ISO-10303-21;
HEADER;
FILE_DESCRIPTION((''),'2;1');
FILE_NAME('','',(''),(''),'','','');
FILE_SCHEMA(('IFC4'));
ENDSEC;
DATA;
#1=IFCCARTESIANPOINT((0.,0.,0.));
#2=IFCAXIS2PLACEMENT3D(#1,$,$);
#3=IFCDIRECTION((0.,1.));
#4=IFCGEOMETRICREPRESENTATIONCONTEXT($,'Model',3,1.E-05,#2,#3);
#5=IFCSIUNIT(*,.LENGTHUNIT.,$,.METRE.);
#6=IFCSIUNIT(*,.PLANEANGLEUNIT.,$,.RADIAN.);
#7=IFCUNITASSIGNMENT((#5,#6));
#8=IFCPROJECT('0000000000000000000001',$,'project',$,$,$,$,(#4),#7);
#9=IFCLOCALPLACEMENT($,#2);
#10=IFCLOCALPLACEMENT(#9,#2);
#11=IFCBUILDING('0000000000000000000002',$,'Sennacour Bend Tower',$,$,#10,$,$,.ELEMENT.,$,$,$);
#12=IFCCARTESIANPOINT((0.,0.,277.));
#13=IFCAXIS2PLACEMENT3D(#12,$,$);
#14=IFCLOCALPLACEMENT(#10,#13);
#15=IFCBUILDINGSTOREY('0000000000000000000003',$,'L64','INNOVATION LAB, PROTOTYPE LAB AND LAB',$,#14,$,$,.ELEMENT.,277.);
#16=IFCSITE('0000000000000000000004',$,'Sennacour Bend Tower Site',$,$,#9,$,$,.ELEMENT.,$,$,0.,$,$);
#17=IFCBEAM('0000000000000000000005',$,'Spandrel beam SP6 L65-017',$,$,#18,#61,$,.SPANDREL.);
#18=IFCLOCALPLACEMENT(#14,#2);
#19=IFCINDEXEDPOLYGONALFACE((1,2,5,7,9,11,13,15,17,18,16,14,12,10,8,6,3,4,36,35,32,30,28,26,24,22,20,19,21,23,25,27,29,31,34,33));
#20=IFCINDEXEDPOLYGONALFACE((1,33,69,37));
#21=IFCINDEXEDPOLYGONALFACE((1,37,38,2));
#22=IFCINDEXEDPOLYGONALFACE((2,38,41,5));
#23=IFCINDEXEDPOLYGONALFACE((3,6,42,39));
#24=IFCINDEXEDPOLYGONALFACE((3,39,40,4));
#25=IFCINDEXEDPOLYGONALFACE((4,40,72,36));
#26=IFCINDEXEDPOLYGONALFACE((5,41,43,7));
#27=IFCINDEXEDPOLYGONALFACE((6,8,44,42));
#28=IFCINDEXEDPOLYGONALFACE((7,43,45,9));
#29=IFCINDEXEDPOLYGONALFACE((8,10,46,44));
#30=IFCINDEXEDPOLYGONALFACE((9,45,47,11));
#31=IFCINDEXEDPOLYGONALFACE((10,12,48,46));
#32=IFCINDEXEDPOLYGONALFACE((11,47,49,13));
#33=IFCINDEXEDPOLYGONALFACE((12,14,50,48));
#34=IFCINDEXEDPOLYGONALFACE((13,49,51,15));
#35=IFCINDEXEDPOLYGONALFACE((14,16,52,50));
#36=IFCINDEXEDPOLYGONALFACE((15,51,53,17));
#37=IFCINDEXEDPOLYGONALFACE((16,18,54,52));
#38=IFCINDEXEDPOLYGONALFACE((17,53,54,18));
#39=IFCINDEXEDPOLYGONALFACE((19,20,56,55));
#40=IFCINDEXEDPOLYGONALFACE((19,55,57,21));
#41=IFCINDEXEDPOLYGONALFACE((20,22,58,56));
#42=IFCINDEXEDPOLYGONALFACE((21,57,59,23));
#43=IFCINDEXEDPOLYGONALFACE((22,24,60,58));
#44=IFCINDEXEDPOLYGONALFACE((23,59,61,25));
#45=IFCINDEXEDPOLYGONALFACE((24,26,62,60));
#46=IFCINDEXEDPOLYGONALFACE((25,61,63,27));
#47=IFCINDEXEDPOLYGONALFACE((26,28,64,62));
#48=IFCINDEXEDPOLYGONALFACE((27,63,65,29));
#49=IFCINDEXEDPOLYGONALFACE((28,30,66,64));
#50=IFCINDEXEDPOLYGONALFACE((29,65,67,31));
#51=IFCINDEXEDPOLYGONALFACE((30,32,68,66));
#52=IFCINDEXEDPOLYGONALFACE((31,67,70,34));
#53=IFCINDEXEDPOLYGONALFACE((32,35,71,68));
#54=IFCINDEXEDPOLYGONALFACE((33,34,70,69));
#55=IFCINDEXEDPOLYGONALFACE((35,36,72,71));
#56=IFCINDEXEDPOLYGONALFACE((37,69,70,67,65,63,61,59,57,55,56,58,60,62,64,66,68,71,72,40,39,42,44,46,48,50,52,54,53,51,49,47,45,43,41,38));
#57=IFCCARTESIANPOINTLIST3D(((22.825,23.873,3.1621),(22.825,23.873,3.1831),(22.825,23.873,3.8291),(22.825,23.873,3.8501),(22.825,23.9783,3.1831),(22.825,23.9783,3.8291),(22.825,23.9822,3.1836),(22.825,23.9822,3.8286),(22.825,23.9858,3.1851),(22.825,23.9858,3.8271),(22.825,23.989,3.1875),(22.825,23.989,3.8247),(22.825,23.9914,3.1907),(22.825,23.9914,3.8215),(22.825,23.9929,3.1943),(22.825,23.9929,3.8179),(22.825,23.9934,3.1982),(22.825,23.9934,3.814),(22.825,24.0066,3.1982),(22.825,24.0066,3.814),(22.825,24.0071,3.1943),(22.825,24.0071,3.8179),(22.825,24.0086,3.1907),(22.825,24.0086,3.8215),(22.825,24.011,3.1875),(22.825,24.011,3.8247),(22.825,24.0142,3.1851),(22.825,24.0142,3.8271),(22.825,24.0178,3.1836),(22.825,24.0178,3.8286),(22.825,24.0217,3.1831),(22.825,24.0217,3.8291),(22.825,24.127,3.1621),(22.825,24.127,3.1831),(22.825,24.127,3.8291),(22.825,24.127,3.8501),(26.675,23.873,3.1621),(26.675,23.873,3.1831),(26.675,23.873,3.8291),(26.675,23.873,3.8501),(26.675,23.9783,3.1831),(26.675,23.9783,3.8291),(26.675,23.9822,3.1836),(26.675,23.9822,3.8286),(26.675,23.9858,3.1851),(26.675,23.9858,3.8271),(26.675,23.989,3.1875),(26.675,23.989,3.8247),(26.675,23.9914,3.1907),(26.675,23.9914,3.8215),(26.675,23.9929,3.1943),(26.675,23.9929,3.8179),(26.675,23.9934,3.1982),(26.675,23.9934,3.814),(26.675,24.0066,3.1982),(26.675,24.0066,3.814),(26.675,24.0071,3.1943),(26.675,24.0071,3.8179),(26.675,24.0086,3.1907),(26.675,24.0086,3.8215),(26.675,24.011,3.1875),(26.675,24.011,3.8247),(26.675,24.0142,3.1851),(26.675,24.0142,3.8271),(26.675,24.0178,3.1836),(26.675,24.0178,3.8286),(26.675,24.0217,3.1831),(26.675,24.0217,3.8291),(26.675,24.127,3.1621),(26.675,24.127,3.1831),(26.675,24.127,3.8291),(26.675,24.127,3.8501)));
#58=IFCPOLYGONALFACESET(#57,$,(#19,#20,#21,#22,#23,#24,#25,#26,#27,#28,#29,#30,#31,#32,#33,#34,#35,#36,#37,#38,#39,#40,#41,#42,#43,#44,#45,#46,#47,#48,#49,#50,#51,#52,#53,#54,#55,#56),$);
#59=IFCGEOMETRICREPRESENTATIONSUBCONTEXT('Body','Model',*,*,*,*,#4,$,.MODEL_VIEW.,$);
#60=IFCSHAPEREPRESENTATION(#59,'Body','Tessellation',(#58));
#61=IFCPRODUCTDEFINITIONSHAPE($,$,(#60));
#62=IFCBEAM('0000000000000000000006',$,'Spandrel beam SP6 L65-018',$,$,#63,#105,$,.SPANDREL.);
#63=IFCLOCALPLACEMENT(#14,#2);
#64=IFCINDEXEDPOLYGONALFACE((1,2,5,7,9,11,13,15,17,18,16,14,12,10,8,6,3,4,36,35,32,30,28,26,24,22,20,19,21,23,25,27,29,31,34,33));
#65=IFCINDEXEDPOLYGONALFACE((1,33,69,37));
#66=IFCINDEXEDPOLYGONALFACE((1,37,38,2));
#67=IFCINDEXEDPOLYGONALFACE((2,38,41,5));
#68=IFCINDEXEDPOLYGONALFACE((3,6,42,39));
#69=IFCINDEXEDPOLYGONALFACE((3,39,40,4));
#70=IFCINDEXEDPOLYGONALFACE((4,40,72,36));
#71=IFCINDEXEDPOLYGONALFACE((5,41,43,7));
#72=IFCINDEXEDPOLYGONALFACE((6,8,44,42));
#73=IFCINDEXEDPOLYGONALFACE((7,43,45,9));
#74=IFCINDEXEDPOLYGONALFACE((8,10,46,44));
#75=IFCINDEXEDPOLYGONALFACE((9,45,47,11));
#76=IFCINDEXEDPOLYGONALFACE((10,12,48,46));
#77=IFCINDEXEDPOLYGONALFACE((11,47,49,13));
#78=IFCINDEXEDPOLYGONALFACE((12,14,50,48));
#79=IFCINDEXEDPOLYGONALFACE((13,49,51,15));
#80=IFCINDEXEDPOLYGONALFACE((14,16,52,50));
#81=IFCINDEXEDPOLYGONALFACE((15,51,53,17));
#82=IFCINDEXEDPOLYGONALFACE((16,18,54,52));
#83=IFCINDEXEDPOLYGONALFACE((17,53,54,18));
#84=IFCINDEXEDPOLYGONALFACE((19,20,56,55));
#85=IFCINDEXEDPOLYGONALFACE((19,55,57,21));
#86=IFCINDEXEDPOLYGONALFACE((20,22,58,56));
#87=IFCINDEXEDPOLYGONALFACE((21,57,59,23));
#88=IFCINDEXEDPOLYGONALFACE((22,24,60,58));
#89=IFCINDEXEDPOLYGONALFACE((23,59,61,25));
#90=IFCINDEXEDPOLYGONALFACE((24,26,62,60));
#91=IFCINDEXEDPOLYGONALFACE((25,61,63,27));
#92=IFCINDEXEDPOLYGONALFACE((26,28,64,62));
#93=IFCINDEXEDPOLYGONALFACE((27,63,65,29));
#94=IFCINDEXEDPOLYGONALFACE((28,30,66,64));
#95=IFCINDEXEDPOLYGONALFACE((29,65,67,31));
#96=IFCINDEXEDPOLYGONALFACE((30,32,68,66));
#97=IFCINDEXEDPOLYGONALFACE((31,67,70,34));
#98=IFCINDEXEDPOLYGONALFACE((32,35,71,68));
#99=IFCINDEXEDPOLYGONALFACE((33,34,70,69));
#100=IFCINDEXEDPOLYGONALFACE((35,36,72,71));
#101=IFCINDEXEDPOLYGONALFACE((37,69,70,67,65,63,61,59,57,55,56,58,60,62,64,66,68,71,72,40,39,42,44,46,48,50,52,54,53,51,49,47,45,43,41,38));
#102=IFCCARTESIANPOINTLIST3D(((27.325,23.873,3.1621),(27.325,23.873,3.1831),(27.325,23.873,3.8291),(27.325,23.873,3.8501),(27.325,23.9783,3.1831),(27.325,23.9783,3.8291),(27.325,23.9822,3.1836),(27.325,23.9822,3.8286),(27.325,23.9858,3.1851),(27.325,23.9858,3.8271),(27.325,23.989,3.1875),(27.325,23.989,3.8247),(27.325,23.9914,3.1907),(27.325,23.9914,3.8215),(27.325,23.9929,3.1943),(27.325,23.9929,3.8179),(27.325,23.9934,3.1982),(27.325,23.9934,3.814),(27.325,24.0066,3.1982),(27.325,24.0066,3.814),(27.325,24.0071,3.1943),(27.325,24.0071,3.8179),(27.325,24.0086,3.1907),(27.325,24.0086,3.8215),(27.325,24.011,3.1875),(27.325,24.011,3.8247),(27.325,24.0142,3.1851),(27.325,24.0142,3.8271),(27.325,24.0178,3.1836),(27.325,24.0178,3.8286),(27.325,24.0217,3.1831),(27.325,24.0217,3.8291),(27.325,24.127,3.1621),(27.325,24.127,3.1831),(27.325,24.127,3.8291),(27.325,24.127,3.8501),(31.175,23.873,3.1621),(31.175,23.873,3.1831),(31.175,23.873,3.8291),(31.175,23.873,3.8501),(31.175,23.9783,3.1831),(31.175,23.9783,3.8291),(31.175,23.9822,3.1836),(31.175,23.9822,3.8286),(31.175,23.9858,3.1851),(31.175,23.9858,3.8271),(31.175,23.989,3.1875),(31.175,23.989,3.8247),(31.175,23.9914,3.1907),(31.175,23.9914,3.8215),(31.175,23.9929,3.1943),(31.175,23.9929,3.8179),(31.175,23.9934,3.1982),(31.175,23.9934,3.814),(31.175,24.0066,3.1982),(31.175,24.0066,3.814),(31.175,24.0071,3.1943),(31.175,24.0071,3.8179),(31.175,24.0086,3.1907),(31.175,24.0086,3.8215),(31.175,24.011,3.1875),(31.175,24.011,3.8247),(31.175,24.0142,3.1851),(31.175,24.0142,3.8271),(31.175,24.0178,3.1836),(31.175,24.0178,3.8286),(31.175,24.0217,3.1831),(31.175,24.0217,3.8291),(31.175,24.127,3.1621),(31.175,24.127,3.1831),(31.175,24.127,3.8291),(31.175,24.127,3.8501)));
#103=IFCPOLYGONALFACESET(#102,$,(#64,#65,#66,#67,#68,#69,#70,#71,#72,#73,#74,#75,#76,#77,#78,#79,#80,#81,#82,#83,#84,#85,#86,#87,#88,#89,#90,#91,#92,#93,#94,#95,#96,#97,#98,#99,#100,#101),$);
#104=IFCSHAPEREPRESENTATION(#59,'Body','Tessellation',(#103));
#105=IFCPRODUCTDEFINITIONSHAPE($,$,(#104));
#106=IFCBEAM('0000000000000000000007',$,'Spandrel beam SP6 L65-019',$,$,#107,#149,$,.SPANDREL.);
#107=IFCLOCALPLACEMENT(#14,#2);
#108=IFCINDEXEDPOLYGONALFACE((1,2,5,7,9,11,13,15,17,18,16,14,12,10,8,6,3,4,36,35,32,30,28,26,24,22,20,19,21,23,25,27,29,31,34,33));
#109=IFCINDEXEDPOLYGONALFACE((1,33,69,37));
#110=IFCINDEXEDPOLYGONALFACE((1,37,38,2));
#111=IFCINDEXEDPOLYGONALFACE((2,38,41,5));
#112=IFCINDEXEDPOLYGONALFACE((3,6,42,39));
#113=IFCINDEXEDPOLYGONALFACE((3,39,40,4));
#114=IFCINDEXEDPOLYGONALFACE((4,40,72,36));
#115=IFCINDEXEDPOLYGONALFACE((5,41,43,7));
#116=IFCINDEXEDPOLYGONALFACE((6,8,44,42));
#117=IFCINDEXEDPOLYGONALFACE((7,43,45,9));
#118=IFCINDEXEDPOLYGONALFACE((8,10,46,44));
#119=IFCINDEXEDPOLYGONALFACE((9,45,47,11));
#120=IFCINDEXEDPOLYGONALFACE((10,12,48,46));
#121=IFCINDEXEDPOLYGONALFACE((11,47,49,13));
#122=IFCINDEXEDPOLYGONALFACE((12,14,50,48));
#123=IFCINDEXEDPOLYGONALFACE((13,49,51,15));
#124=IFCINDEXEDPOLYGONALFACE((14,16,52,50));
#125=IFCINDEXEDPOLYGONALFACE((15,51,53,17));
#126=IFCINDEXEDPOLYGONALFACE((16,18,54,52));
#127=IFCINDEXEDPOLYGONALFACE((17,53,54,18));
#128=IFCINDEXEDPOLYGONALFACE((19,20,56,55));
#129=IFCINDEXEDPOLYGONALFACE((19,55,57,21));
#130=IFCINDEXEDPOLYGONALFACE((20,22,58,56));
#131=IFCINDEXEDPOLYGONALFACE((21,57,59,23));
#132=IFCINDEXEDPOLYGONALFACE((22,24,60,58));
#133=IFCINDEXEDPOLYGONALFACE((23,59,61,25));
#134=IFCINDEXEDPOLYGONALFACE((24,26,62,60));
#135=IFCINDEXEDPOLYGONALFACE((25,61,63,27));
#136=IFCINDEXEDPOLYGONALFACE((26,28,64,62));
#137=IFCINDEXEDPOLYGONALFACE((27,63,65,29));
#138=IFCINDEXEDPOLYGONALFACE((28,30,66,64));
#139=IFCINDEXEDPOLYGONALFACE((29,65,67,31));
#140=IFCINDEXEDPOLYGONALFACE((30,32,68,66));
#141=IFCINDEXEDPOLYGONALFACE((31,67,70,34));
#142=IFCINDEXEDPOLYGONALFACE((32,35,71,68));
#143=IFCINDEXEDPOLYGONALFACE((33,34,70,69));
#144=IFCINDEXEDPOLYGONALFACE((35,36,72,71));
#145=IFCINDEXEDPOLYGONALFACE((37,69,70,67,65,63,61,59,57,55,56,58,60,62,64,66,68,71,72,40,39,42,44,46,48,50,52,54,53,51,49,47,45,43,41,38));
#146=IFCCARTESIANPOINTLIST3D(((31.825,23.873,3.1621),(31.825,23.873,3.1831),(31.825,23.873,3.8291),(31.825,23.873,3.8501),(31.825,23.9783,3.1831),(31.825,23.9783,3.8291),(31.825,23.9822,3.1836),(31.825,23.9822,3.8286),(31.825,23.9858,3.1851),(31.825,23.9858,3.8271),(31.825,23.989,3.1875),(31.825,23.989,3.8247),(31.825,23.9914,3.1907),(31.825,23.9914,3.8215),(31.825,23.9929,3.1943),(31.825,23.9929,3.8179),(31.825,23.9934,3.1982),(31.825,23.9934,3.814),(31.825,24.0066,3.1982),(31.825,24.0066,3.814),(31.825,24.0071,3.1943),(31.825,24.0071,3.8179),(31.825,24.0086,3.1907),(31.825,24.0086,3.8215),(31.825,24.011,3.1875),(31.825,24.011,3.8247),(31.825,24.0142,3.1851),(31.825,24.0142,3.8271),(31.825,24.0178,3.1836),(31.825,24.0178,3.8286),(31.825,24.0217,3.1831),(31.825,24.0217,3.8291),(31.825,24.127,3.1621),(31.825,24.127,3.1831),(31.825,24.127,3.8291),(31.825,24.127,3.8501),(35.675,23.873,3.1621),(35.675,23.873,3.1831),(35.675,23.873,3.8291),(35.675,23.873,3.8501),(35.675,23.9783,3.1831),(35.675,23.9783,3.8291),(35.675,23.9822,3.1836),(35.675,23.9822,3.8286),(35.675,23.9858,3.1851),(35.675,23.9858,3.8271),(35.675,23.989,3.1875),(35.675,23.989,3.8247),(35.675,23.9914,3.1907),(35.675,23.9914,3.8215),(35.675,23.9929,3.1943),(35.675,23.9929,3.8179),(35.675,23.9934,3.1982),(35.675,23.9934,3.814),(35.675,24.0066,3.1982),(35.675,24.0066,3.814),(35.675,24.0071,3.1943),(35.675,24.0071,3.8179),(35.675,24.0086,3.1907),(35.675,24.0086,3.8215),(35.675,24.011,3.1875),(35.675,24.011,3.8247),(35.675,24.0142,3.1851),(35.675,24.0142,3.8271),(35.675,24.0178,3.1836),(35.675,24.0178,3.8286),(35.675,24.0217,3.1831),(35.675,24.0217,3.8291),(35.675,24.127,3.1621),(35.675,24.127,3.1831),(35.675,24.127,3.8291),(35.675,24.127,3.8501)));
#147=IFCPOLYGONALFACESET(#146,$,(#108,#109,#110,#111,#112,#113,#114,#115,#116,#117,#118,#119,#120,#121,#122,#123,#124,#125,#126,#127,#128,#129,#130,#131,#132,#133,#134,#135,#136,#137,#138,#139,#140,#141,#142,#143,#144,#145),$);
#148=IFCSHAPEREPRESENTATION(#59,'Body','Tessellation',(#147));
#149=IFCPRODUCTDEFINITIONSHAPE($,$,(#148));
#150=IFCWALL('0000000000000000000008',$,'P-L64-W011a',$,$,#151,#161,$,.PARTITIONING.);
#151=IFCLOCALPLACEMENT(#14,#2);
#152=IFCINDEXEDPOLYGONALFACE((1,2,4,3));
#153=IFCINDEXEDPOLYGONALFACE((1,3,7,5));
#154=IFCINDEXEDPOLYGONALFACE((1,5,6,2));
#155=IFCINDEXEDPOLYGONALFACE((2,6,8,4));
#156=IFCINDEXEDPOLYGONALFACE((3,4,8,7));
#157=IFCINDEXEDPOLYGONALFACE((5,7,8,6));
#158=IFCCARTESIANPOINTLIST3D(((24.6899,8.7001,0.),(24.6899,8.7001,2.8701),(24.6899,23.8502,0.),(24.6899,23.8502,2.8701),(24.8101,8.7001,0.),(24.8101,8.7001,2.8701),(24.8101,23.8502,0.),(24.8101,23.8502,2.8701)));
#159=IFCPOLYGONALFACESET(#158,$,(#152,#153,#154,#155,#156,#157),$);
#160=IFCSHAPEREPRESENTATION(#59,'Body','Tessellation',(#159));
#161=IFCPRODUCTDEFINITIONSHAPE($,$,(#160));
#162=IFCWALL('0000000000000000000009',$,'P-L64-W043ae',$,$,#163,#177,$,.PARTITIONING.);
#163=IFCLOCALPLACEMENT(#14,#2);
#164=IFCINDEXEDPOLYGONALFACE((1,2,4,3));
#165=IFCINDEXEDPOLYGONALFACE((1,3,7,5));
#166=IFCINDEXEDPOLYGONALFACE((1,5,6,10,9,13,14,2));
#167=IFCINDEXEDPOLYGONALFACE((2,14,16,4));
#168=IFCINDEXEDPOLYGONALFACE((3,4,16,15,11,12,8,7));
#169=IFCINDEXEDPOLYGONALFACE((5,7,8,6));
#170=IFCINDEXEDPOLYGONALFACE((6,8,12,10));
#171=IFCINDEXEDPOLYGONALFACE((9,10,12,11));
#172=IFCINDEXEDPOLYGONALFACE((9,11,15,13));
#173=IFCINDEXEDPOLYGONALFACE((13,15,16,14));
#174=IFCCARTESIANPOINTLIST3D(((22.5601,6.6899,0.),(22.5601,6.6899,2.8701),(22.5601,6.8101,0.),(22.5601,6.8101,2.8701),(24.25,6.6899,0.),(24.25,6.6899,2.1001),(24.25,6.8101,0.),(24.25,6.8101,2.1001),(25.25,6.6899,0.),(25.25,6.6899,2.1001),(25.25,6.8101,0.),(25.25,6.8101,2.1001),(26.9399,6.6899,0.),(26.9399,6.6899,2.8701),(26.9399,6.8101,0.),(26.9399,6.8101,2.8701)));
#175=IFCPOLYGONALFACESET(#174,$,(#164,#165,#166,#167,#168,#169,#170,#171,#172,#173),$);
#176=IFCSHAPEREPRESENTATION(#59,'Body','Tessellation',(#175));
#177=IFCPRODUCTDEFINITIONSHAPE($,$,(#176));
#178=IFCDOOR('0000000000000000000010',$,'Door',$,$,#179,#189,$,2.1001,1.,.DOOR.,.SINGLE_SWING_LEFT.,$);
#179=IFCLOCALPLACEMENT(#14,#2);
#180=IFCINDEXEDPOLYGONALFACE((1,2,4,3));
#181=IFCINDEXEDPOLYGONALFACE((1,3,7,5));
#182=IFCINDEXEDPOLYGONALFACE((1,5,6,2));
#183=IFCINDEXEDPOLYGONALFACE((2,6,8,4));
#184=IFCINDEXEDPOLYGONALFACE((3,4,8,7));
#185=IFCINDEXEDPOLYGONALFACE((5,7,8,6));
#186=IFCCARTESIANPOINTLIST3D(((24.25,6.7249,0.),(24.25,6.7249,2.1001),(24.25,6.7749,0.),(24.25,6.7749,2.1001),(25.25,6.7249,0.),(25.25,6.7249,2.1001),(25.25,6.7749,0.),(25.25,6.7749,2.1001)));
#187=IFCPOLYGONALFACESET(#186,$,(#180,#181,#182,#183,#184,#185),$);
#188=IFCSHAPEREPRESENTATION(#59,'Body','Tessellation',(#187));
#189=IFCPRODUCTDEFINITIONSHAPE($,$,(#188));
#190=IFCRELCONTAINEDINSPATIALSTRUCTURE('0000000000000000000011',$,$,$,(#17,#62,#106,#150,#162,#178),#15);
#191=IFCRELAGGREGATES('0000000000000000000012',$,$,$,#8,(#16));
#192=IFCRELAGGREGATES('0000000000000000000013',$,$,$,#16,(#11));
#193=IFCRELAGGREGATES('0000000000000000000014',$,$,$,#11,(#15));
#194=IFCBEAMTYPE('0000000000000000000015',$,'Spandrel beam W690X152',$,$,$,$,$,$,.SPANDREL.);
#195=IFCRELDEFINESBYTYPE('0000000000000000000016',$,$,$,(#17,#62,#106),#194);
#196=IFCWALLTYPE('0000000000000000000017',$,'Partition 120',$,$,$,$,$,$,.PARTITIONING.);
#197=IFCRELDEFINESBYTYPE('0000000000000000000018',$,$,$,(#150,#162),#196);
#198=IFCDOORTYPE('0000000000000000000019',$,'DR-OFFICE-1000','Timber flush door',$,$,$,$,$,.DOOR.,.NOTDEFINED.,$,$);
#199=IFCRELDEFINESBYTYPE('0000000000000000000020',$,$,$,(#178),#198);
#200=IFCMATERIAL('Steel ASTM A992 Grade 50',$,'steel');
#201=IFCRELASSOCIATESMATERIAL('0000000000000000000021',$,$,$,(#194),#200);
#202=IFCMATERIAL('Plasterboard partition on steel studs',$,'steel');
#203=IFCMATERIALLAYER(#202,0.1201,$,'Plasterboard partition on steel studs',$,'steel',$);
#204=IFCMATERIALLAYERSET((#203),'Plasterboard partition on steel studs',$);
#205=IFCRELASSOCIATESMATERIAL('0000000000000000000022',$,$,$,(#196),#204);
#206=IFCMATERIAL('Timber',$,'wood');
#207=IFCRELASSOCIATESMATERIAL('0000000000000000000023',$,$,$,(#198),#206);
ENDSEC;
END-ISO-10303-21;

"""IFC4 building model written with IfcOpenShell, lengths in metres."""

from ifc_helpers import new_model, si_unit, direction, frame, frame_2d, origin, origin_2d, place, context, subcontext, project, spatial, rectangle, i_section, extrude, material, layer, layer_set, material_profile, profile_set, type_object, element, fill, save


model = new_model("IFC4")

# Units and contexts
model_context = context("Model", 3, precision=1e-05, world=origin(), true_north=direction((0.0, 1.0)))
body_context = subcontext(model_context, "Body", "Model", "MODEL_VIEW")
ifc_project = project(units=[si_unit("LENGTHUNIT", "METRE"), si_unit("PLANEANGLEUNIT", "RADIAN")], contexts=[model_context])

# Site, building, storey
site_placement = place(None, origin())
site = spatial("IfcSite", under=ifc_project, at=site_placement, Name="Sennacour Bend Tower Site", CompositionType="ELEMENT", RefElevation=0.0)
building_placement = place(site_placement, origin())
building = spatial("IfcBuilding", under=site, at=building_placement, Name="Sennacour Bend Tower", CompositionType="ELEMENT")
storey_placement = place(building_placement, frame((0.0, 0.0, 277.0)))
storey = spatial("IfcBuildingStorey", under=building, at=storey_placement, Name="L64", Description="INNOVATION LAB, PROTOTYPE LAB AND LAB", CompositionType="ELEMENT", Elevation=277.0)

# Beams
ifc_material_1 = material(Name="Steel ASTM A992 Grade 50", Category="steel")
ifc_material_profile_1 = material_profile(ifc_material_1, i_section(OverallWidth=0.2539, OverallDepth=0.688, WebThickness=0.0132, FlangeThickness=0.021, FilletRadius=0.0151, at=origin_2d()), Name="Steel ASTM A992 Grade 50", Category="steel")
ifc_profile_set_1 = profile_set([ifc_material_profile_1], Name="Steel ASTM A992 Grade 50")
beam_type_1 = type_object("IfcBeamType", Name="Spandrel beam W690X152", PredefinedType="SPANDREL", material=ifc_profile_set_1)
for number, where, z_axis, x_axis, name in (
    (1, (22.825, 24.0, 3.5061), (1.0, 0.0, 0.0), (0.0, 1.0, 0.0), "Spandrel beam SP6 L65-017"),
    (2, (27.325, 24.0, 3.5061), (1.0, 0.0, 0.0), (0.0, 1.0, 0.0), "Spandrel beam SP6 L65-018"),
    (3, (31.825, 24.0, 3.5061), (1.0, 0.0, 0.0), (0.0, 1.0, 0.0), "Spandrel beam SP6 L65-019"),
):
    element("IfcBeam", number, at=place(storey_placement, frame(where, z_axis=z_axis, x_axis=x_axis)), inside=storey, type_object=beam_type_1, Name=name, PredefinedType="SPANDREL", context=body_context, shape_type="SweptSolid", body=[
        extrude(i_section(OverallWidth=0.2539, OverallDepth=0.688, WebThickness=0.0132, FlangeThickness=0.021, FilletRadius=0.0151, at=origin_2d()), origin(), (0.0, 0.0, 1.0), 3.8501),
    ])

# Wall
ifc_material_2 = material(Name="Plasterboard partition on steel studs", Category="steel")
ifc_layer_1 = layer(ifc_material_2, 0.1201, Name="Plasterboard partition on steel studs", Category="steel")
ifc_layer_set_1 = layer_set([ifc_layer_1], Name="Plasterboard partition on steel studs")
wall_type_1 = type_object("IfcWallType", Name="Partition 120", PredefinedType="PARTITIONING", material=ifc_layer_set_1)
wall_1_placement = place(storey_placement, frame((24.75, 8.7, 0.0), z_axis=(0.0, 0.0, 1.0), x_axis=(0.0, 1.0, 0.0)))
element("IfcWall", 4, at=wall_1_placement, inside=storey, type_object=wall_type_1, Name="P-L64-W011a", PredefinedType="PARTITIONING", context=body_context, shape_type="SweptSolid", body=[
    extrude(rectangle(XDim=15.1501, YDim=0.1201, at=frame_2d((7.5752, 0.0))), origin(), (0.0, 0.0, 1.0), 2.8701),
])

# Wall, opening, door
wall_2_placement = place(storey_placement, frame((22.5601, 6.75, 0.0), z_axis=(0.0, 0.0, 1.0), x_axis=(1.0, 0.0, 0.0)))
wall_2 = element("IfcWall", 5, at=wall_2_placement, inside=storey, type_object=wall_type_1, Name="P-L64-W043ae", PredefinedType="PARTITIONING", context=body_context, shape_type="SweptSolid", body=[
    extrude(rectangle(XDim=4.3799, YDim=0.1201, at=frame_2d((2.1899, 0.0))), origin(), (0.0, 0.0, 1.0), 2.8701),
])
opening_1_placement = place(wall_2_placement, frame((1.6899, 0.0, 0.0)))
opening_1 = element("IfcOpeningElement", 6, at=opening_1_placement, cuts=wall_2, PredefinedType="OPENING", context=body_context, shape_type="SweptSolid", body=[
    extrude(rectangle(XDim=1.0, YDim=2.1001, at=frame_2d((0.5, 1.05))), frame((0.0, 0.0701, 0.0), z_axis=(0.0, -1.0, 0.0), x_axis=(1.0, 0.0, 0.0)), (0.0, 0.0, 1.0), 0.1401),
])
ifc_material_3 = material(Name="Timber", Category="wood")
door_type_1 = type_object("IfcDoorType", Name="DR-OFFICE-1000", Description="Timber flush door", OperationType="NOTDEFINED", PredefinedType="DOOR", material=ifc_material_3)
door_1_placement = place(opening_1_placement, origin())
door_1 = element("IfcDoor", 7, at=door_1_placement, inside=storey, type_object=door_type_1, Name="Door", OperationType="SINGLE_SWING_LEFT", OverallHeight=2.1001, OverallWidth=1.0, PredefinedType="DOOR", context=body_context, shape_type="SweptSolid", body=[
    extrude(rectangle(XDim=1.0, YDim=2.1001, at=frame_2d((0.5, 1.05))), frame((0.0, 0.0249, 0.0), z_axis=(0.0, -1.0, 0.0), x_axis=(1.0, 0.0, 0.0)), (0.0, 0.0, 1.0), 0.05),
])
fill(opening_1, door_1)

save(model, "model.ifc")
